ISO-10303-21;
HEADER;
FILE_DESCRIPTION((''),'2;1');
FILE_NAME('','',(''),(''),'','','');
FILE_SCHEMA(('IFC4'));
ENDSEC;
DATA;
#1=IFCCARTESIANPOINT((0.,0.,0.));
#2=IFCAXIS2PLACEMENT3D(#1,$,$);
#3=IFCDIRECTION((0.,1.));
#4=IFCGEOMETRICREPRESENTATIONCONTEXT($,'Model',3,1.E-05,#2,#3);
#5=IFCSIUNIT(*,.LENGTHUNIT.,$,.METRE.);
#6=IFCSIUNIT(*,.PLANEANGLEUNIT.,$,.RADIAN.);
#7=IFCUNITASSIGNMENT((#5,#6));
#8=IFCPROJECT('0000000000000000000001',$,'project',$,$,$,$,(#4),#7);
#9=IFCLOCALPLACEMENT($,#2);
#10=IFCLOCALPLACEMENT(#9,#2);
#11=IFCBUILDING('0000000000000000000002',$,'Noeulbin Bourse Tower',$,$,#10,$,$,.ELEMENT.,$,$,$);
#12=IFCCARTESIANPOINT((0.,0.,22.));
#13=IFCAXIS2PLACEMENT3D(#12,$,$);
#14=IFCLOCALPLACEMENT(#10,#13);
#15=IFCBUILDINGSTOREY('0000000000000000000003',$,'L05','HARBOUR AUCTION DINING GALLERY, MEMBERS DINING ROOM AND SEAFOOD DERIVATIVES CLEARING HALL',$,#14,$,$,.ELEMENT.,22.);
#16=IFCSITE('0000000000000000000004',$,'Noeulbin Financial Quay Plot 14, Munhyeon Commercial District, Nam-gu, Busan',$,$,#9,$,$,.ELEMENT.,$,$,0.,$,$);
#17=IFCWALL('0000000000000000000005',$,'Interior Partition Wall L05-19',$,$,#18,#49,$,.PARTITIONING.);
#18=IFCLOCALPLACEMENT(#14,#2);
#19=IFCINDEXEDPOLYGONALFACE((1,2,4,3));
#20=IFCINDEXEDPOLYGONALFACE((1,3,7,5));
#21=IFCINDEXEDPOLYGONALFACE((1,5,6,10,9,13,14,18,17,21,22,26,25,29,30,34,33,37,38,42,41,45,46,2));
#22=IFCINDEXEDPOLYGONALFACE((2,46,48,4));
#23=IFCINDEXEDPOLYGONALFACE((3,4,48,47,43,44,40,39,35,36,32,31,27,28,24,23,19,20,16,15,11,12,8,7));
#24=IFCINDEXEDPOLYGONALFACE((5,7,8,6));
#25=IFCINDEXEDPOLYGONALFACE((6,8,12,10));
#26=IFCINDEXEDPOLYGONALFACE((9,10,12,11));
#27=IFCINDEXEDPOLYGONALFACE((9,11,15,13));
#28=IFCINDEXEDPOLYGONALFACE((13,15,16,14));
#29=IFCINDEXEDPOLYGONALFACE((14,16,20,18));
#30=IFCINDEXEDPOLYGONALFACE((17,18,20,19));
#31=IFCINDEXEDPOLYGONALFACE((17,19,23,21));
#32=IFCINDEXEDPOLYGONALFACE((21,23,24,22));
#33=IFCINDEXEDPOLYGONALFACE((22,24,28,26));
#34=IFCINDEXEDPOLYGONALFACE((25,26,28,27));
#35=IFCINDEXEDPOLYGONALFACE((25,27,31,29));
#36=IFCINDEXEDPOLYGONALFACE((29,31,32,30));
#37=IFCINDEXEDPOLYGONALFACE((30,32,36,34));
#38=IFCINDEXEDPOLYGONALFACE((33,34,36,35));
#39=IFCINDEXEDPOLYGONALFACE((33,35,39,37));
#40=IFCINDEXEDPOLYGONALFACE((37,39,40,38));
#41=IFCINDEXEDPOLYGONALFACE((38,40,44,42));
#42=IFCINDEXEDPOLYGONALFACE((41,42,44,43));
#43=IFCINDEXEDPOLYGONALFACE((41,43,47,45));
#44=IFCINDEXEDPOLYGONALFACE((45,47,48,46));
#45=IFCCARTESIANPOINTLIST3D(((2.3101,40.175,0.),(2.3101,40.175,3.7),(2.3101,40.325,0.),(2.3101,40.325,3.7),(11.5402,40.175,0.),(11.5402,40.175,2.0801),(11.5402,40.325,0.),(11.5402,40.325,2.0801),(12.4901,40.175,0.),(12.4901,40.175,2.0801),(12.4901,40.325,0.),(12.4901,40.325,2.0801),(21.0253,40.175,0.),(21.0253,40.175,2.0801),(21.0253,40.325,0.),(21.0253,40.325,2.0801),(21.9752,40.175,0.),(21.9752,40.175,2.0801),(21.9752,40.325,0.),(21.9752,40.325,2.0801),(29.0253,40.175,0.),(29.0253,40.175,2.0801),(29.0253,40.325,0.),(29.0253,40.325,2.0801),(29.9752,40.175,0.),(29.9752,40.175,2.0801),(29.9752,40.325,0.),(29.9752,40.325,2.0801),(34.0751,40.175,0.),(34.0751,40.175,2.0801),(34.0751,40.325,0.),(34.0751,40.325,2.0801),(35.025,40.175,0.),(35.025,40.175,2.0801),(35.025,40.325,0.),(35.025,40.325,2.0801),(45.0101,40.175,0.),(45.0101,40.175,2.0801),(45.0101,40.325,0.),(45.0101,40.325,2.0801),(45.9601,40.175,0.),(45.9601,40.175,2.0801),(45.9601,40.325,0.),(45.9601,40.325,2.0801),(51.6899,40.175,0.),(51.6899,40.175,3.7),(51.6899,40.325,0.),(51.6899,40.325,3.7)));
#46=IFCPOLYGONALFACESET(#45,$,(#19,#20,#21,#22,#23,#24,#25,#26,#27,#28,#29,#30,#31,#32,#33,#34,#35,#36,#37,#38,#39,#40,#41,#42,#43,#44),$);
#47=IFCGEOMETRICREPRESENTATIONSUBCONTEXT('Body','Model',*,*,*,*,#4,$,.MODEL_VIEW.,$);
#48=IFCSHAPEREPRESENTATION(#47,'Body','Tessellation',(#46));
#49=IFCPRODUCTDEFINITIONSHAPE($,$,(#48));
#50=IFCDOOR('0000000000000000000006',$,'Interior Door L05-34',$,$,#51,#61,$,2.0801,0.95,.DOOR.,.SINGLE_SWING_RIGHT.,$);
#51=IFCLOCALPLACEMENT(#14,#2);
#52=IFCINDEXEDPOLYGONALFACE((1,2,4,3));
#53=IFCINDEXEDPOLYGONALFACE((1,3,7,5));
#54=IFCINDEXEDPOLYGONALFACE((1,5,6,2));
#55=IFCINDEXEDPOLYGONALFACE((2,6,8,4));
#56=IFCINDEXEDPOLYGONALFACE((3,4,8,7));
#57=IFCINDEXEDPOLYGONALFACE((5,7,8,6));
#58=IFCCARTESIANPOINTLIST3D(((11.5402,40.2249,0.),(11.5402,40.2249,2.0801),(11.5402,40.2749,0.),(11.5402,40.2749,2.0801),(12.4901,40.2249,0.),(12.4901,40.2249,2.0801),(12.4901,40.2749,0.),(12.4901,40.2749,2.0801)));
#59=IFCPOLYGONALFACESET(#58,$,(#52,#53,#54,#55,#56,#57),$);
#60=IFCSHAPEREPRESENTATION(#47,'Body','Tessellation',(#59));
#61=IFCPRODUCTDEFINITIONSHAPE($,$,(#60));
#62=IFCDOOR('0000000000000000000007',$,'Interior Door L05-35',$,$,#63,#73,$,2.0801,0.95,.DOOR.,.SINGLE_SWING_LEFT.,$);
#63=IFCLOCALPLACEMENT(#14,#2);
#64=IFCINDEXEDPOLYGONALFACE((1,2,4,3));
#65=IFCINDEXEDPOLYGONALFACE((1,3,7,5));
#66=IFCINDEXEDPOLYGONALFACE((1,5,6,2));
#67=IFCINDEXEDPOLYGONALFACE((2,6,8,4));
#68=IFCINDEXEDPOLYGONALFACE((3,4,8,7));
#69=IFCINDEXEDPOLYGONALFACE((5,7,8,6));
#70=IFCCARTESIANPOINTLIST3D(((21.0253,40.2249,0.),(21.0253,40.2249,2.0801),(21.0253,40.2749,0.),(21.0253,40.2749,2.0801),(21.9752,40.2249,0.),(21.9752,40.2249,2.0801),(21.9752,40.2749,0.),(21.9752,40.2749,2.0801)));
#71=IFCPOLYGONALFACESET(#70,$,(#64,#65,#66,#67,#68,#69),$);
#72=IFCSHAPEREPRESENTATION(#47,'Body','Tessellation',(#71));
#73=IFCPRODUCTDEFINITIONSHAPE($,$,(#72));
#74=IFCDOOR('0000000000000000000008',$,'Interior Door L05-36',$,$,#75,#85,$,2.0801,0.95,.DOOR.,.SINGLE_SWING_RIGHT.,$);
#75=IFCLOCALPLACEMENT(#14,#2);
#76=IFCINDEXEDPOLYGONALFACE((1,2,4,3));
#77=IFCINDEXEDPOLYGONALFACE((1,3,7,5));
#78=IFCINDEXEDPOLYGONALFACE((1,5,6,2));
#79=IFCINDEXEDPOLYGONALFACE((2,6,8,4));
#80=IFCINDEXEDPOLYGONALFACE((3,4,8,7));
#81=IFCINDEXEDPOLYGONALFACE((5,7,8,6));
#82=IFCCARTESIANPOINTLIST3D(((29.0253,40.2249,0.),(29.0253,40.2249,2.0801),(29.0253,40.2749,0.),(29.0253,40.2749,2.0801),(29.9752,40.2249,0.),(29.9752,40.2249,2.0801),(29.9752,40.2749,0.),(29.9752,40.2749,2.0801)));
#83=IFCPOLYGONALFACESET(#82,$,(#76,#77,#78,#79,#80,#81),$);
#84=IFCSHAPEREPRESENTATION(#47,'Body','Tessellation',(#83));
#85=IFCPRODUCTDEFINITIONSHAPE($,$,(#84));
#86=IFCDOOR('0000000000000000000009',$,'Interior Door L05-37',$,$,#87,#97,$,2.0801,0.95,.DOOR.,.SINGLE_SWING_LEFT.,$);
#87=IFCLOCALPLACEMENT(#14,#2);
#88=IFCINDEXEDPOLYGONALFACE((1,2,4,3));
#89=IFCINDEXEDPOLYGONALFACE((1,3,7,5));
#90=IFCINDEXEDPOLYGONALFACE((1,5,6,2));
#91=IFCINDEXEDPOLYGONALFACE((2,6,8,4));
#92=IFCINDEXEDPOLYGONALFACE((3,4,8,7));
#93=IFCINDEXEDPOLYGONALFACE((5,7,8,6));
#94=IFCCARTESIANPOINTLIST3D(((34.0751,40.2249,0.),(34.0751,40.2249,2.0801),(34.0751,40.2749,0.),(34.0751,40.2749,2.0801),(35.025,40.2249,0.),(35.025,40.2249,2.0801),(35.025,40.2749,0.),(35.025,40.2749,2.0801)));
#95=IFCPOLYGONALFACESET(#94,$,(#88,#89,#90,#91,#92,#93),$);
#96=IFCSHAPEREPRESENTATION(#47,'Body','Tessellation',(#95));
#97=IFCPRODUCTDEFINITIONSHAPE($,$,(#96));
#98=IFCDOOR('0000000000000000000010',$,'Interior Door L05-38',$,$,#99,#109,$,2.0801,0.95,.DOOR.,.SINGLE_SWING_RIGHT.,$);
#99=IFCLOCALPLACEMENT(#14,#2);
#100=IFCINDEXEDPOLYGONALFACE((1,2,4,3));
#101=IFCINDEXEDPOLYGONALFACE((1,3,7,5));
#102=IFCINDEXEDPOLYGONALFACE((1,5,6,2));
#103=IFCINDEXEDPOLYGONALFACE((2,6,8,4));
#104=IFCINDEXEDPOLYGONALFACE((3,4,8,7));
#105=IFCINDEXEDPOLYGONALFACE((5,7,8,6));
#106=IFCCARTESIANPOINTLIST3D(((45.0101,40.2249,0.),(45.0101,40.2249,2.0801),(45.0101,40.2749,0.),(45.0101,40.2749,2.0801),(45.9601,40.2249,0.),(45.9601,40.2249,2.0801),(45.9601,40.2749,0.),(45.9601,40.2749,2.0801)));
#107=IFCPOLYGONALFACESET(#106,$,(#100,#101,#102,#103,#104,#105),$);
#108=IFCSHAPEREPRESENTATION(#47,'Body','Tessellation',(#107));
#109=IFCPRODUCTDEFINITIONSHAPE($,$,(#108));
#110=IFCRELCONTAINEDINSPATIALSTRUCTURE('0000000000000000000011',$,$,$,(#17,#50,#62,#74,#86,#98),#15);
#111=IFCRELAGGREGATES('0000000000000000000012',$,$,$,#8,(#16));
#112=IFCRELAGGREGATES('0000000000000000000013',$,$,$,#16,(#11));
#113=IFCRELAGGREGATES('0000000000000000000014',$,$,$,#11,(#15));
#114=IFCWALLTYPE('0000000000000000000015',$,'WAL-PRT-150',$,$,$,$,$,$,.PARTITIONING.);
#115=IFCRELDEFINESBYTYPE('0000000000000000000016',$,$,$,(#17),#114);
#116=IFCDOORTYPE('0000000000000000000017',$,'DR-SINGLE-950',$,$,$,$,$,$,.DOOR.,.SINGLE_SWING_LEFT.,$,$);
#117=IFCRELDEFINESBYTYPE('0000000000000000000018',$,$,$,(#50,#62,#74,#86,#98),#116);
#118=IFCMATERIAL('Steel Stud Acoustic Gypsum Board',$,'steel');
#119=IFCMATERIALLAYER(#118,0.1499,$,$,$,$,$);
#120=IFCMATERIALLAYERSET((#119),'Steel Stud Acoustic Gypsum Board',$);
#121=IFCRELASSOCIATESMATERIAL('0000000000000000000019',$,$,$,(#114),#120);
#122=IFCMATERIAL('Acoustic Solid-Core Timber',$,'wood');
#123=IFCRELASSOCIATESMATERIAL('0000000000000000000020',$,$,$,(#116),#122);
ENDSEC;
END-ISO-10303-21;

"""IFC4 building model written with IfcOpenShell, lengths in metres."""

from ifc_helpers import new_model, si_unit, direction, frame, frame_2d, origin, place, context, subcontext, project, spatial, rectangle, extrude, material, layer, layer_set, type_object, element, fill, save


model = new_model("IFC4")

# Units and contexts
model_context = context("Model", 3, precision=1e-05, world=origin(), true_north=direction((0.0, 1.0)))
body_context = subcontext(model_context, "Body", "Model", "MODEL_VIEW")
ifc_project = project(units=[si_unit("LENGTHUNIT", "METRE"), si_unit("PLANEANGLEUNIT", "RADIAN")], contexts=[model_context])

# Site, building, storey
site_placement = place(None, origin())
site = spatial("IfcSite", under=ifc_project, at=site_placement, Name="Noeulbin Financial Quay Plot 14, Munhyeon Commercial District, Nam-gu, Busan", CompositionType="ELEMENT", RefElevation=0.0)
building_placement = place(site_placement, origin())
building = spatial("IfcBuilding", under=site, at=building_placement, Name="Noeulbin Bourse Tower", CompositionType="ELEMENT")
storey_placement = place(building_placement, frame((0.0, 0.0, 22.0)))
storey = spatial("IfcBuildingStorey", under=building, at=storey_placement, Name="L05", Description="HARBOUR AUCTION DINING GALLERY, MEMBERS DINING ROOM AND SEAFOOD DERIVATIVES CLEARING HALL", CompositionType="ELEMENT", Elevation=22.0)

# Wall, openings, doors
ifc_material_1 = material(Name="Steel Stud Acoustic Gypsum Board", Category="steel")
ifc_layer_1 = layer(ifc_material_1, 0.1499)
ifc_layer_set_1 = layer_set([ifc_layer_1], Name="Steel Stud Acoustic Gypsum Board")
wall_type_1 = type_object("IfcWallType", Name="WAL-PRT-150", PredefinedType="PARTITIONING", material=ifc_layer_set_1)
wall_1_placement = place(storey_placement, frame((2.3101, 40.25, 0.0), z_axis=(0.0, 0.0, 1.0), x_axis=(1.0, 0.0, 0.0)))
wall_1 = element("IfcWall", 1, at=wall_1_placement, inside=storey, type_object=wall_type_1, Name="Interior Partition Wall L05-19", PredefinedType="PARTITIONING", context=body_context, shape_type="SweptSolid", body=[
    extrude(rectangle(XDim=49.3799, YDim=0.1499, at=frame_2d((24.6899, 0.0))), origin(), (0.0, 0.0, 1.0), 3.7),
])
opening_1_placement = place(wall_1_placement, frame((9.23, 0.0, 0.0)))
opening_1 = element("IfcOpeningElement", 2, at=opening_1_placement, cuts=wall_1, PredefinedType="OPENING", context=body_context, shape_type="SweptSolid", body=[
    extrude(rectangle(XDim=0.95, YDim=2.0801, at=frame_2d((0.4751, 1.04))), frame((0.0, 0.085, 0.0), z_axis=(0.0, -1.0, 0.0), x_axis=(1.0, 0.0, 0.0)), (0.0, 0.0, 1.0), 0.1699),
])
opening_2_placement = place(wall_1_placement, frame((18.7151, 0.0, 0.0)))
opening_2 = element("IfcOpeningElement", 3, at=opening_2_placement, cuts=wall_1, PredefinedType="OPENING", context=body_context, shape_type="SweptSolid", body=[
    extrude(rectangle(XDim=0.95, YDim=2.0801, at=frame_2d((0.4751, 1.04))), frame((0.0, 0.085, 0.0), z_axis=(0.0, -1.0, 0.0), x_axis=(1.0, 0.0, 0.0)), (0.0, 0.0, 1.0), 0.1699),
])
opening_3_placement = place(wall_1_placement, frame((26.7151, 0.0, 0.0)))
opening_3 = element("IfcOpeningElement", 4, at=opening_3_placement, cuts=wall_1, PredefinedType="OPENING", context=body_context, shape_type="SweptSolid", body=[
    extrude(rectangle(XDim=0.95, YDim=2.0801, at=frame_2d((0.4751, 1.04))), frame((0.0, 0.085, 0.0), z_axis=(0.0, -1.0, 0.0), x_axis=(1.0, 0.0, 0.0)), (0.0, 0.0, 1.0), 0.1699),
])
opening_4_placement = place(wall_1_placement, frame((31.7649, 0.0, 0.0)))
opening_4 = element("IfcOpeningElement", 5, at=opening_4_placement, cuts=wall_1, PredefinedType="OPENING", context=body_context, shape_type="SweptSolid", body=[
    extrude(rectangle(XDim=0.95, YDim=2.0801, at=frame_2d((0.4751, 1.04))), frame((0.0, 0.085, 0.0), z_axis=(0.0, -1.0, 0.0), x_axis=(1.0, 0.0, 0.0)), (0.0, 0.0, 1.0), 0.1699),
])
opening_5_placement = place(wall_1_placement, frame((42.7, 0.0, 0.0)))
opening_5 = element("IfcOpeningElement", 6, at=opening_5_placement, cuts=wall_1, PredefinedType="OPENING", context=body_context, shape_type="SweptSolid", body=[
    extrude(rectangle(XDim=0.95, YDim=2.0801, at=frame_2d((0.4751, 1.04))), frame((0.0, 0.085, 0.0), z_axis=(0.0, -1.0, 0.0), x_axis=(1.0, 0.0, 0.0)), (0.0, 0.0, 1.0), 0.1699),
])
ifc_material_2 = material(Name="Acoustic Solid-Core Timber", Category="wood")
door_type = type_object("IfcDoorType", Name="DR-SINGLE-950", OperationType="SINGLE_SWING_LEFT", PredefinedType="DOOR", material=ifc_material_2)
door_1_placement = place(opening_1_placement, origin())
door_1 = element("IfcDoor", 7, at=door_1_placement, inside=storey, type_object=door_type, Name="Interior Door L05-34", OperationType="SINGLE_SWING_RIGHT", OverallHeight=2.0801, OverallWidth=0.95, PredefinedType="DOOR", context=body_context, shape_type="SweptSolid", body=[
    extrude(rectangle(XDim=0.95, YDim=2.0801, at=frame_2d((0.4751, 1.04))), frame((0.0, 0.0249, 0.0), z_axis=(0.0, -1.0, 0.0), x_axis=(1.0, 0.0, 0.0)), (0.0, 0.0, 1.0), 0.05),
])
fill(opening_1, door_1)
door_2_placement = place(opening_2_placement, origin())
door_2 = element("IfcDoor", 8, at=door_2_placement, inside=storey, type_object=door_type, Name="Interior Door L05-35", OperationType="SINGLE_SWING_LEFT", OverallHeight=2.0801, OverallWidth=0.95, PredefinedType="DOOR", context=body_context, shape_type="SweptSolid", body=[
    extrude(rectangle(XDim=0.95, YDim=2.0801, at=frame_2d((0.4751, 1.04))), frame((0.0, 0.0249, 0.0), z_axis=(0.0, -1.0, 0.0), x_axis=(1.0, 0.0, 0.0)), (0.0, 0.0, 1.0), 0.05),
])
fill(opening_2, door_2)
door_3_placement = place(opening_3_placement, origin())
door_3 = element("IfcDoor", 9, at=door_3_placement, inside=storey, type_object=door_type, Name="Interior Door L05-36", OperationType="SINGLE_SWING_RIGHT", OverallHeight=2.0801, OverallWidth=0.95, PredefinedType="DOOR", context=body_context, shape_type="SweptSolid", body=[
    extrude(rectangle(XDim=0.95, YDim=2.0801, at=frame_2d((0.4751, 1.04))), frame((0.0, 0.0249, 0.0), z_axis=(0.0, -1.0, 0.0), x_axis=(1.0, 0.0, 0.0)), (0.0, 0.0, 1.0), 0.05),
])
fill(opening_3, door_3)
door_4_placement = place(opening_4_placement, origin())
door_4 = element("IfcDoor", 10, at=door_4_placement, inside=storey, type_object=door_type, Name="Interior Door L05-37", OperationType="SINGLE_SWING_LEFT", OverallHeight=2.0801, OverallWidth=0.95, PredefinedType="DOOR", context=body_context, shape_type="SweptSolid", body=[
    extrude(rectangle(XDim=0.95, YDim=2.0801, at=frame_2d((0.4751, 1.04))), frame((0.0, 0.0249, 0.0), z_axis=(0.0, -1.0, 0.0), x_axis=(1.0, 0.0, 0.0)), (0.0, 0.0, 1.0), 0.05),
])
fill(opening_4, door_4)
door_5_placement = place(opening_5_placement, origin())
door_5 = element("IfcDoor", 11, at=door_5_placement, inside=storey, type_object=door_type, Name="Interior Door L05-38", OperationType="SINGLE_SWING_RIGHT", OverallHeight=2.0801, OverallWidth=0.95, PredefinedType="DOOR", context=body_context, shape_type="SweptSolid", body=[
    extrude(rectangle(XDim=0.95, YDim=2.0801, at=frame_2d((0.4751, 1.04))), frame((0.0, 0.0249, 0.0), z_axis=(0.0, -1.0, 0.0), x_axis=(1.0, 0.0, 0.0)), (0.0, 0.0, 1.0), 0.05),
])
fill(opening_5, door_5)

save(model, "model.ifc")
